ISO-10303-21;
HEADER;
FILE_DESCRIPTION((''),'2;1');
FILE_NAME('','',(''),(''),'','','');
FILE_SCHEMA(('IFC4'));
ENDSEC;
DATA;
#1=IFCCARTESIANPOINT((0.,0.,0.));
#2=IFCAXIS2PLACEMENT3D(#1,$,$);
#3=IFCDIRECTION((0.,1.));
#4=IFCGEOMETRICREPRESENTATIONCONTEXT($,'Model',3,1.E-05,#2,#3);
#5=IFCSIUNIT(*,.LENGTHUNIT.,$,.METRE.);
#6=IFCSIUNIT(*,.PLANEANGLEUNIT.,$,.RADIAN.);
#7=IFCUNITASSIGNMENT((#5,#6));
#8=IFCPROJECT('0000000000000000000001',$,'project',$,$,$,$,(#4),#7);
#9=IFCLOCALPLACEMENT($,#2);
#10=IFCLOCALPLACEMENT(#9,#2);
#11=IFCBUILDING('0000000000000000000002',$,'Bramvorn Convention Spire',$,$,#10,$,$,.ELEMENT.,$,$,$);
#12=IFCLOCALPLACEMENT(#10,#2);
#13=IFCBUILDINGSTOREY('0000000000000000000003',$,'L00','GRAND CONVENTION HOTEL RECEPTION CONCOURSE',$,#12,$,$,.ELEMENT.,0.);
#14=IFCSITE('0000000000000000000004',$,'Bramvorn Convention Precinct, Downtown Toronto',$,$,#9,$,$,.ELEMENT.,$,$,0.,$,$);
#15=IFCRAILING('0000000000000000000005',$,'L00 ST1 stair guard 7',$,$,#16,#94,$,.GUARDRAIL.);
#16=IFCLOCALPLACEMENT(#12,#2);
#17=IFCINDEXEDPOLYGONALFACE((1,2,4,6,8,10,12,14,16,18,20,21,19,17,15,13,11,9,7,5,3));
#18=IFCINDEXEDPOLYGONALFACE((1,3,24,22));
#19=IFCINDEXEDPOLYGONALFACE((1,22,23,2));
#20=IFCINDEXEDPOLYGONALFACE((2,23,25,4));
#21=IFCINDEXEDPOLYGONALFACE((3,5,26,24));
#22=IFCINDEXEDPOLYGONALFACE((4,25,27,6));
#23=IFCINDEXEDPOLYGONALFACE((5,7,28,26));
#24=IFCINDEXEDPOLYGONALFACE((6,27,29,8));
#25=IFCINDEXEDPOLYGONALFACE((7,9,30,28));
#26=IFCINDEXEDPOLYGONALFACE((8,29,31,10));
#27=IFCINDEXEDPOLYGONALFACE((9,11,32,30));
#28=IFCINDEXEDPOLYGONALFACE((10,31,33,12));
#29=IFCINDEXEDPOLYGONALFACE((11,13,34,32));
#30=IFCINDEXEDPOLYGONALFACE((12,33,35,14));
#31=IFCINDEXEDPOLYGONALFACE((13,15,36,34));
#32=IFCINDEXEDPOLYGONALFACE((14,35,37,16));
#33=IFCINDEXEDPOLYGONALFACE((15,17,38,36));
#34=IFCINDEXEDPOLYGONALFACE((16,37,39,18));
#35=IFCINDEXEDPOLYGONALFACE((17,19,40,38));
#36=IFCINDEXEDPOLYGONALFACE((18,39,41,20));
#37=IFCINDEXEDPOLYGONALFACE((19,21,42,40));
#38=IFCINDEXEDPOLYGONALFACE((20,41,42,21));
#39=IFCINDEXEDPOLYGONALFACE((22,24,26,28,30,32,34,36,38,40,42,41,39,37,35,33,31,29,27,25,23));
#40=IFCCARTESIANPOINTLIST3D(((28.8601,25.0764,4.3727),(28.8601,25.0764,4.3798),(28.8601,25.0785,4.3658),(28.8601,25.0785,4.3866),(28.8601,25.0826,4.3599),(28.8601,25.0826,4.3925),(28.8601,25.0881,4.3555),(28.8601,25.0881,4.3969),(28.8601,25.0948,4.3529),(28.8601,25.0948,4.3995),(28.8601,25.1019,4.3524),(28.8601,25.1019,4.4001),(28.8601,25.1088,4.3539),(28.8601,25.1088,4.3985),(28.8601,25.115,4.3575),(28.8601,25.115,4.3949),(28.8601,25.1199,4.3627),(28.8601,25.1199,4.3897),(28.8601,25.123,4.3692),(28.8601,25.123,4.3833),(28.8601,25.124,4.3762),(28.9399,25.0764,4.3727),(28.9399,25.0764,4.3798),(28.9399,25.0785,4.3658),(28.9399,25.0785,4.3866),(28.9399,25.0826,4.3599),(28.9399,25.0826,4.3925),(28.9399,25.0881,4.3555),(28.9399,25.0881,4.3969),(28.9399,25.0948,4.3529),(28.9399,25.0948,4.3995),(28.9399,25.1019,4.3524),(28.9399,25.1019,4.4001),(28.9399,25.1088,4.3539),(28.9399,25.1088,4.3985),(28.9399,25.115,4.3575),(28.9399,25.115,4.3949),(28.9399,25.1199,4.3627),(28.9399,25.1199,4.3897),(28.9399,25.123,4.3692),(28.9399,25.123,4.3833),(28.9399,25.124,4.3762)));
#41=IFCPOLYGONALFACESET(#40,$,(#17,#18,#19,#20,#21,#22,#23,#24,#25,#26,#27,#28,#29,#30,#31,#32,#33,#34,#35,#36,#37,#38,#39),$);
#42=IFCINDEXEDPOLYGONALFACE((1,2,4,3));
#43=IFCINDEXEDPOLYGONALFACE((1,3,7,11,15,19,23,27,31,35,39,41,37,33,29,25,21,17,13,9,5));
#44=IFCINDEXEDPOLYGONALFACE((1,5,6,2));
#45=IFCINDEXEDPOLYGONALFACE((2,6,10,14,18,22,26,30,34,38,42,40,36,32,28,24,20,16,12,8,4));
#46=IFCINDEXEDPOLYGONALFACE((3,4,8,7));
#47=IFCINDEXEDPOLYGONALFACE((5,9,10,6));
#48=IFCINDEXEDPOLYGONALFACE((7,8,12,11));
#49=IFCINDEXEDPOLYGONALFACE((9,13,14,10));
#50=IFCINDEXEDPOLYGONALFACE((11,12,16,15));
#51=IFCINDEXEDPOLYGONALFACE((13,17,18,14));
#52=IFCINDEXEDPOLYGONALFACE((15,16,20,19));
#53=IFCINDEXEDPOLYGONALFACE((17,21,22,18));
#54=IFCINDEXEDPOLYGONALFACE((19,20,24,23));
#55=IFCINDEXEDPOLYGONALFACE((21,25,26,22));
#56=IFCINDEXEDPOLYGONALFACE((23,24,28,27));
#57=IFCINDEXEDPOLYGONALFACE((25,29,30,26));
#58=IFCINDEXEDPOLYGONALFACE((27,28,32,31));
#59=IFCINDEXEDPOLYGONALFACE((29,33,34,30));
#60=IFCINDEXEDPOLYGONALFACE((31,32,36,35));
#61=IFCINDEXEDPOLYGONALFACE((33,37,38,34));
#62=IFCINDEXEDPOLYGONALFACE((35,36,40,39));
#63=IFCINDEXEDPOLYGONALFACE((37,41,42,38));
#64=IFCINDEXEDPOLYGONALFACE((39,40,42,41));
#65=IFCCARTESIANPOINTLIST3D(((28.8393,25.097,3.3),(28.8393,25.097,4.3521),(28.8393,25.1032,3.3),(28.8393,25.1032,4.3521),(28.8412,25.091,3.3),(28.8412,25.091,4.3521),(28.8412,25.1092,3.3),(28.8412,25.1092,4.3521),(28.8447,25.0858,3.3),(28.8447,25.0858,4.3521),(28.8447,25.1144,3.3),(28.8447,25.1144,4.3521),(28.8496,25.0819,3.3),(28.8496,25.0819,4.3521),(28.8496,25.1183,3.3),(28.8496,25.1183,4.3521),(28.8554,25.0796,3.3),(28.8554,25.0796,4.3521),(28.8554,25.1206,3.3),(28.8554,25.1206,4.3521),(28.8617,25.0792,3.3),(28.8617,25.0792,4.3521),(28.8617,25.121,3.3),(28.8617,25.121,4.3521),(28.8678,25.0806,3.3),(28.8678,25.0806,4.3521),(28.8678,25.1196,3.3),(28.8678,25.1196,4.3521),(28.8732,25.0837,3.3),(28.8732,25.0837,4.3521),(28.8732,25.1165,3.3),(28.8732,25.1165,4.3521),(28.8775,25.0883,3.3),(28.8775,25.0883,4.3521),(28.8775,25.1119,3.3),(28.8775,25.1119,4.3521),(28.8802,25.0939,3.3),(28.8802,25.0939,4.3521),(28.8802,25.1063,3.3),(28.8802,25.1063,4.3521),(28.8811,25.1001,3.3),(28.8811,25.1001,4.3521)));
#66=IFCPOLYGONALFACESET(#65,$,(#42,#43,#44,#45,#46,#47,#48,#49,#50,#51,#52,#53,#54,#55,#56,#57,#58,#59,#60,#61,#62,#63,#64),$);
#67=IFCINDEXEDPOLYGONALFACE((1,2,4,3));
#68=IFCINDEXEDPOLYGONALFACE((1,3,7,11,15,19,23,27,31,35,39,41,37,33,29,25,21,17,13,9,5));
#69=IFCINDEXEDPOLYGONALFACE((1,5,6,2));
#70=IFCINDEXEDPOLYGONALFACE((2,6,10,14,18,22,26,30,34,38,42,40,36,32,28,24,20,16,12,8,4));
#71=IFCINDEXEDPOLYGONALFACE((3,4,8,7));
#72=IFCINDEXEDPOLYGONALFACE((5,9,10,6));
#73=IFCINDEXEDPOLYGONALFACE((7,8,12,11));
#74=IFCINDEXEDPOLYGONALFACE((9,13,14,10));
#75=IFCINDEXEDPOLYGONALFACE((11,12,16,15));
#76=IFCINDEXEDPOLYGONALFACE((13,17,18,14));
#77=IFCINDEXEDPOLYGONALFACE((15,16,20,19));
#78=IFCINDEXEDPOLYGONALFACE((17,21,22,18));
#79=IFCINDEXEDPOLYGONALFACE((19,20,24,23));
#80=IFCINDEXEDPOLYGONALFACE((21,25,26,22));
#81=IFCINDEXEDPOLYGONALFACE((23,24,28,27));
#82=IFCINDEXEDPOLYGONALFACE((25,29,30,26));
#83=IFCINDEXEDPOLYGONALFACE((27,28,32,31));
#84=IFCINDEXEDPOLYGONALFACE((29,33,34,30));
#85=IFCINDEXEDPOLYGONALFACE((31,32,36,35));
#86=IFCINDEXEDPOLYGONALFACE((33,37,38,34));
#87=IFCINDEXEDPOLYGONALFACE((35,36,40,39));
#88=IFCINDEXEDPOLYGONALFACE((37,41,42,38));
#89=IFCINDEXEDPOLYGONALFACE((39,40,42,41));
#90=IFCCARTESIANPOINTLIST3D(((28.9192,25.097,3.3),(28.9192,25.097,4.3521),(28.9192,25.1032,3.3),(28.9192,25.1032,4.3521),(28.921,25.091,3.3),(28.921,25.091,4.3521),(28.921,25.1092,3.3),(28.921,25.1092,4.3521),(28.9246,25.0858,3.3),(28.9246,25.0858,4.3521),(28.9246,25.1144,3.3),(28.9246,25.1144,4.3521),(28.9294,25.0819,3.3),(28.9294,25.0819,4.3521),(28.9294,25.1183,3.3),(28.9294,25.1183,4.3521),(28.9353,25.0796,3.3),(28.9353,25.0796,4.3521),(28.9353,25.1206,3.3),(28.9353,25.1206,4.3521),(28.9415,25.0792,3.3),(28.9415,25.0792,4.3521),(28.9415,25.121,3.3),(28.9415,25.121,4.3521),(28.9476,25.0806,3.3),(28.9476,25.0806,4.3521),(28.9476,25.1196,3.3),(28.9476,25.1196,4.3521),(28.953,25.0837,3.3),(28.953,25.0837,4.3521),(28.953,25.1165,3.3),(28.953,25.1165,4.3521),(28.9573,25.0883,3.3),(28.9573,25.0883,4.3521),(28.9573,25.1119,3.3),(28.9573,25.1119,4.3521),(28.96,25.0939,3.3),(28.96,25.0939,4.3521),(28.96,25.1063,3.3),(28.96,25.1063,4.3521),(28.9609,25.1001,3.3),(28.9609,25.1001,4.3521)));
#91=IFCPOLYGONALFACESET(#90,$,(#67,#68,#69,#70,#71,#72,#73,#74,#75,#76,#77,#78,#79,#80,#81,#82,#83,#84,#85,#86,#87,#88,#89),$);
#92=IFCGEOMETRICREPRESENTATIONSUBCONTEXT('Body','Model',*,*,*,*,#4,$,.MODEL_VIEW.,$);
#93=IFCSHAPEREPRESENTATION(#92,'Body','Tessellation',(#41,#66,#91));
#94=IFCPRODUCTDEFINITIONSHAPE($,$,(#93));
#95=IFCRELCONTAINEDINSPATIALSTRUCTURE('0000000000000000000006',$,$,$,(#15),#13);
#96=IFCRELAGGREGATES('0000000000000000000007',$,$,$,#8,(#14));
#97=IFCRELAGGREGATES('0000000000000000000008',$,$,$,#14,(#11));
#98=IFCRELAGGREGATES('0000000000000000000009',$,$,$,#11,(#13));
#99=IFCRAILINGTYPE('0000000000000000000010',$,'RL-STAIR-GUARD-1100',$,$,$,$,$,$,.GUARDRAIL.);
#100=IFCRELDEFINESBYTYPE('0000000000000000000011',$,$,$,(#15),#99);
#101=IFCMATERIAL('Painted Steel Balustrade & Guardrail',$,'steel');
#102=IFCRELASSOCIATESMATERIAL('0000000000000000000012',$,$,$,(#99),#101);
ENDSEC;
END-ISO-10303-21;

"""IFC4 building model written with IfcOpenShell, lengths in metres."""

from ifc_helpers import new_model, si_unit, direction, frame, origin, origin_2d, place, context, subcontext, project, spatial, circle, extrude, material, type_object, element, save


model = new_model("IFC4")

# Units and contexts
model_context = context("Model", 3, precision=1e-05, world=origin(), true_north=direction((0.0, 1.0)))
body_context = subcontext(model_context, "Body", "Model", "MODEL_VIEW")
ifc_project = project(units=[si_unit("LENGTHUNIT", "METRE"), si_unit("PLANEANGLEUNIT", "RADIAN")], contexts=[model_context])

# Site, building, storey
site_placement = place(None, origin())
site = spatial("IfcSite", under=ifc_project, at=site_placement, Name="Bramvorn Convention Precinct, Downtown Toronto", CompositionType="ELEMENT", RefElevation=0.0)
building_placement = place(site_placement, origin())
building = spatial("IfcBuilding", under=site, at=building_placement, Name="Bramvorn Convention Spire", CompositionType="ELEMENT")
storey_placement = place(building_placement, origin())
storey = spatial("IfcBuildingStorey", under=building, at=storey_placement, Name="L00", Description="GRAND CONVENTION HOTEL RECEPTION CONCOURSE", CompositionType="ELEMENT", Elevation=0.0)

# Railing
ifc_material_1 = material(Name="Painted Steel Balustrade & Guardrail", Category="steel")
railing_type_1 = type_object("IfcRailingType", Name="RL-STAIR-GUARD-1100", PredefinedType="GUARDRAIL", material=ifc_material_1)
railing_1_placement = place(storey_placement, frame((28.8601, 25.1001, 3.3)))
element("IfcRailing", 1, at=railing_1_placement, inside=storey, type_object=railing_type_1, Name="L00 ST1 stair guard 7", PredefinedType="GUARDRAIL", context=body_context, shape_type="SweptSolid", body=[
    extrude(circle(Radius=0.0239, at=origin_2d()), frame((0.0, 0.0, 1.0762), z_axis=(1.0, 0.0, 0.0), x_axis=(0.0, 1.0, 0.0)), (0.0, 0.0, 1.0), 0.0798),
    extrude(circle(Radius=0.021, at=origin_2d()), origin(), (0.0, 0.0, 1.0), 1.052),
    extrude(circle(Radius=0.021, at=origin_2d()), frame((0.0798, 0.0, 0.0)), (0.0, 0.0, 1.0), 1.052),
])

save(model, "model.ifc")
